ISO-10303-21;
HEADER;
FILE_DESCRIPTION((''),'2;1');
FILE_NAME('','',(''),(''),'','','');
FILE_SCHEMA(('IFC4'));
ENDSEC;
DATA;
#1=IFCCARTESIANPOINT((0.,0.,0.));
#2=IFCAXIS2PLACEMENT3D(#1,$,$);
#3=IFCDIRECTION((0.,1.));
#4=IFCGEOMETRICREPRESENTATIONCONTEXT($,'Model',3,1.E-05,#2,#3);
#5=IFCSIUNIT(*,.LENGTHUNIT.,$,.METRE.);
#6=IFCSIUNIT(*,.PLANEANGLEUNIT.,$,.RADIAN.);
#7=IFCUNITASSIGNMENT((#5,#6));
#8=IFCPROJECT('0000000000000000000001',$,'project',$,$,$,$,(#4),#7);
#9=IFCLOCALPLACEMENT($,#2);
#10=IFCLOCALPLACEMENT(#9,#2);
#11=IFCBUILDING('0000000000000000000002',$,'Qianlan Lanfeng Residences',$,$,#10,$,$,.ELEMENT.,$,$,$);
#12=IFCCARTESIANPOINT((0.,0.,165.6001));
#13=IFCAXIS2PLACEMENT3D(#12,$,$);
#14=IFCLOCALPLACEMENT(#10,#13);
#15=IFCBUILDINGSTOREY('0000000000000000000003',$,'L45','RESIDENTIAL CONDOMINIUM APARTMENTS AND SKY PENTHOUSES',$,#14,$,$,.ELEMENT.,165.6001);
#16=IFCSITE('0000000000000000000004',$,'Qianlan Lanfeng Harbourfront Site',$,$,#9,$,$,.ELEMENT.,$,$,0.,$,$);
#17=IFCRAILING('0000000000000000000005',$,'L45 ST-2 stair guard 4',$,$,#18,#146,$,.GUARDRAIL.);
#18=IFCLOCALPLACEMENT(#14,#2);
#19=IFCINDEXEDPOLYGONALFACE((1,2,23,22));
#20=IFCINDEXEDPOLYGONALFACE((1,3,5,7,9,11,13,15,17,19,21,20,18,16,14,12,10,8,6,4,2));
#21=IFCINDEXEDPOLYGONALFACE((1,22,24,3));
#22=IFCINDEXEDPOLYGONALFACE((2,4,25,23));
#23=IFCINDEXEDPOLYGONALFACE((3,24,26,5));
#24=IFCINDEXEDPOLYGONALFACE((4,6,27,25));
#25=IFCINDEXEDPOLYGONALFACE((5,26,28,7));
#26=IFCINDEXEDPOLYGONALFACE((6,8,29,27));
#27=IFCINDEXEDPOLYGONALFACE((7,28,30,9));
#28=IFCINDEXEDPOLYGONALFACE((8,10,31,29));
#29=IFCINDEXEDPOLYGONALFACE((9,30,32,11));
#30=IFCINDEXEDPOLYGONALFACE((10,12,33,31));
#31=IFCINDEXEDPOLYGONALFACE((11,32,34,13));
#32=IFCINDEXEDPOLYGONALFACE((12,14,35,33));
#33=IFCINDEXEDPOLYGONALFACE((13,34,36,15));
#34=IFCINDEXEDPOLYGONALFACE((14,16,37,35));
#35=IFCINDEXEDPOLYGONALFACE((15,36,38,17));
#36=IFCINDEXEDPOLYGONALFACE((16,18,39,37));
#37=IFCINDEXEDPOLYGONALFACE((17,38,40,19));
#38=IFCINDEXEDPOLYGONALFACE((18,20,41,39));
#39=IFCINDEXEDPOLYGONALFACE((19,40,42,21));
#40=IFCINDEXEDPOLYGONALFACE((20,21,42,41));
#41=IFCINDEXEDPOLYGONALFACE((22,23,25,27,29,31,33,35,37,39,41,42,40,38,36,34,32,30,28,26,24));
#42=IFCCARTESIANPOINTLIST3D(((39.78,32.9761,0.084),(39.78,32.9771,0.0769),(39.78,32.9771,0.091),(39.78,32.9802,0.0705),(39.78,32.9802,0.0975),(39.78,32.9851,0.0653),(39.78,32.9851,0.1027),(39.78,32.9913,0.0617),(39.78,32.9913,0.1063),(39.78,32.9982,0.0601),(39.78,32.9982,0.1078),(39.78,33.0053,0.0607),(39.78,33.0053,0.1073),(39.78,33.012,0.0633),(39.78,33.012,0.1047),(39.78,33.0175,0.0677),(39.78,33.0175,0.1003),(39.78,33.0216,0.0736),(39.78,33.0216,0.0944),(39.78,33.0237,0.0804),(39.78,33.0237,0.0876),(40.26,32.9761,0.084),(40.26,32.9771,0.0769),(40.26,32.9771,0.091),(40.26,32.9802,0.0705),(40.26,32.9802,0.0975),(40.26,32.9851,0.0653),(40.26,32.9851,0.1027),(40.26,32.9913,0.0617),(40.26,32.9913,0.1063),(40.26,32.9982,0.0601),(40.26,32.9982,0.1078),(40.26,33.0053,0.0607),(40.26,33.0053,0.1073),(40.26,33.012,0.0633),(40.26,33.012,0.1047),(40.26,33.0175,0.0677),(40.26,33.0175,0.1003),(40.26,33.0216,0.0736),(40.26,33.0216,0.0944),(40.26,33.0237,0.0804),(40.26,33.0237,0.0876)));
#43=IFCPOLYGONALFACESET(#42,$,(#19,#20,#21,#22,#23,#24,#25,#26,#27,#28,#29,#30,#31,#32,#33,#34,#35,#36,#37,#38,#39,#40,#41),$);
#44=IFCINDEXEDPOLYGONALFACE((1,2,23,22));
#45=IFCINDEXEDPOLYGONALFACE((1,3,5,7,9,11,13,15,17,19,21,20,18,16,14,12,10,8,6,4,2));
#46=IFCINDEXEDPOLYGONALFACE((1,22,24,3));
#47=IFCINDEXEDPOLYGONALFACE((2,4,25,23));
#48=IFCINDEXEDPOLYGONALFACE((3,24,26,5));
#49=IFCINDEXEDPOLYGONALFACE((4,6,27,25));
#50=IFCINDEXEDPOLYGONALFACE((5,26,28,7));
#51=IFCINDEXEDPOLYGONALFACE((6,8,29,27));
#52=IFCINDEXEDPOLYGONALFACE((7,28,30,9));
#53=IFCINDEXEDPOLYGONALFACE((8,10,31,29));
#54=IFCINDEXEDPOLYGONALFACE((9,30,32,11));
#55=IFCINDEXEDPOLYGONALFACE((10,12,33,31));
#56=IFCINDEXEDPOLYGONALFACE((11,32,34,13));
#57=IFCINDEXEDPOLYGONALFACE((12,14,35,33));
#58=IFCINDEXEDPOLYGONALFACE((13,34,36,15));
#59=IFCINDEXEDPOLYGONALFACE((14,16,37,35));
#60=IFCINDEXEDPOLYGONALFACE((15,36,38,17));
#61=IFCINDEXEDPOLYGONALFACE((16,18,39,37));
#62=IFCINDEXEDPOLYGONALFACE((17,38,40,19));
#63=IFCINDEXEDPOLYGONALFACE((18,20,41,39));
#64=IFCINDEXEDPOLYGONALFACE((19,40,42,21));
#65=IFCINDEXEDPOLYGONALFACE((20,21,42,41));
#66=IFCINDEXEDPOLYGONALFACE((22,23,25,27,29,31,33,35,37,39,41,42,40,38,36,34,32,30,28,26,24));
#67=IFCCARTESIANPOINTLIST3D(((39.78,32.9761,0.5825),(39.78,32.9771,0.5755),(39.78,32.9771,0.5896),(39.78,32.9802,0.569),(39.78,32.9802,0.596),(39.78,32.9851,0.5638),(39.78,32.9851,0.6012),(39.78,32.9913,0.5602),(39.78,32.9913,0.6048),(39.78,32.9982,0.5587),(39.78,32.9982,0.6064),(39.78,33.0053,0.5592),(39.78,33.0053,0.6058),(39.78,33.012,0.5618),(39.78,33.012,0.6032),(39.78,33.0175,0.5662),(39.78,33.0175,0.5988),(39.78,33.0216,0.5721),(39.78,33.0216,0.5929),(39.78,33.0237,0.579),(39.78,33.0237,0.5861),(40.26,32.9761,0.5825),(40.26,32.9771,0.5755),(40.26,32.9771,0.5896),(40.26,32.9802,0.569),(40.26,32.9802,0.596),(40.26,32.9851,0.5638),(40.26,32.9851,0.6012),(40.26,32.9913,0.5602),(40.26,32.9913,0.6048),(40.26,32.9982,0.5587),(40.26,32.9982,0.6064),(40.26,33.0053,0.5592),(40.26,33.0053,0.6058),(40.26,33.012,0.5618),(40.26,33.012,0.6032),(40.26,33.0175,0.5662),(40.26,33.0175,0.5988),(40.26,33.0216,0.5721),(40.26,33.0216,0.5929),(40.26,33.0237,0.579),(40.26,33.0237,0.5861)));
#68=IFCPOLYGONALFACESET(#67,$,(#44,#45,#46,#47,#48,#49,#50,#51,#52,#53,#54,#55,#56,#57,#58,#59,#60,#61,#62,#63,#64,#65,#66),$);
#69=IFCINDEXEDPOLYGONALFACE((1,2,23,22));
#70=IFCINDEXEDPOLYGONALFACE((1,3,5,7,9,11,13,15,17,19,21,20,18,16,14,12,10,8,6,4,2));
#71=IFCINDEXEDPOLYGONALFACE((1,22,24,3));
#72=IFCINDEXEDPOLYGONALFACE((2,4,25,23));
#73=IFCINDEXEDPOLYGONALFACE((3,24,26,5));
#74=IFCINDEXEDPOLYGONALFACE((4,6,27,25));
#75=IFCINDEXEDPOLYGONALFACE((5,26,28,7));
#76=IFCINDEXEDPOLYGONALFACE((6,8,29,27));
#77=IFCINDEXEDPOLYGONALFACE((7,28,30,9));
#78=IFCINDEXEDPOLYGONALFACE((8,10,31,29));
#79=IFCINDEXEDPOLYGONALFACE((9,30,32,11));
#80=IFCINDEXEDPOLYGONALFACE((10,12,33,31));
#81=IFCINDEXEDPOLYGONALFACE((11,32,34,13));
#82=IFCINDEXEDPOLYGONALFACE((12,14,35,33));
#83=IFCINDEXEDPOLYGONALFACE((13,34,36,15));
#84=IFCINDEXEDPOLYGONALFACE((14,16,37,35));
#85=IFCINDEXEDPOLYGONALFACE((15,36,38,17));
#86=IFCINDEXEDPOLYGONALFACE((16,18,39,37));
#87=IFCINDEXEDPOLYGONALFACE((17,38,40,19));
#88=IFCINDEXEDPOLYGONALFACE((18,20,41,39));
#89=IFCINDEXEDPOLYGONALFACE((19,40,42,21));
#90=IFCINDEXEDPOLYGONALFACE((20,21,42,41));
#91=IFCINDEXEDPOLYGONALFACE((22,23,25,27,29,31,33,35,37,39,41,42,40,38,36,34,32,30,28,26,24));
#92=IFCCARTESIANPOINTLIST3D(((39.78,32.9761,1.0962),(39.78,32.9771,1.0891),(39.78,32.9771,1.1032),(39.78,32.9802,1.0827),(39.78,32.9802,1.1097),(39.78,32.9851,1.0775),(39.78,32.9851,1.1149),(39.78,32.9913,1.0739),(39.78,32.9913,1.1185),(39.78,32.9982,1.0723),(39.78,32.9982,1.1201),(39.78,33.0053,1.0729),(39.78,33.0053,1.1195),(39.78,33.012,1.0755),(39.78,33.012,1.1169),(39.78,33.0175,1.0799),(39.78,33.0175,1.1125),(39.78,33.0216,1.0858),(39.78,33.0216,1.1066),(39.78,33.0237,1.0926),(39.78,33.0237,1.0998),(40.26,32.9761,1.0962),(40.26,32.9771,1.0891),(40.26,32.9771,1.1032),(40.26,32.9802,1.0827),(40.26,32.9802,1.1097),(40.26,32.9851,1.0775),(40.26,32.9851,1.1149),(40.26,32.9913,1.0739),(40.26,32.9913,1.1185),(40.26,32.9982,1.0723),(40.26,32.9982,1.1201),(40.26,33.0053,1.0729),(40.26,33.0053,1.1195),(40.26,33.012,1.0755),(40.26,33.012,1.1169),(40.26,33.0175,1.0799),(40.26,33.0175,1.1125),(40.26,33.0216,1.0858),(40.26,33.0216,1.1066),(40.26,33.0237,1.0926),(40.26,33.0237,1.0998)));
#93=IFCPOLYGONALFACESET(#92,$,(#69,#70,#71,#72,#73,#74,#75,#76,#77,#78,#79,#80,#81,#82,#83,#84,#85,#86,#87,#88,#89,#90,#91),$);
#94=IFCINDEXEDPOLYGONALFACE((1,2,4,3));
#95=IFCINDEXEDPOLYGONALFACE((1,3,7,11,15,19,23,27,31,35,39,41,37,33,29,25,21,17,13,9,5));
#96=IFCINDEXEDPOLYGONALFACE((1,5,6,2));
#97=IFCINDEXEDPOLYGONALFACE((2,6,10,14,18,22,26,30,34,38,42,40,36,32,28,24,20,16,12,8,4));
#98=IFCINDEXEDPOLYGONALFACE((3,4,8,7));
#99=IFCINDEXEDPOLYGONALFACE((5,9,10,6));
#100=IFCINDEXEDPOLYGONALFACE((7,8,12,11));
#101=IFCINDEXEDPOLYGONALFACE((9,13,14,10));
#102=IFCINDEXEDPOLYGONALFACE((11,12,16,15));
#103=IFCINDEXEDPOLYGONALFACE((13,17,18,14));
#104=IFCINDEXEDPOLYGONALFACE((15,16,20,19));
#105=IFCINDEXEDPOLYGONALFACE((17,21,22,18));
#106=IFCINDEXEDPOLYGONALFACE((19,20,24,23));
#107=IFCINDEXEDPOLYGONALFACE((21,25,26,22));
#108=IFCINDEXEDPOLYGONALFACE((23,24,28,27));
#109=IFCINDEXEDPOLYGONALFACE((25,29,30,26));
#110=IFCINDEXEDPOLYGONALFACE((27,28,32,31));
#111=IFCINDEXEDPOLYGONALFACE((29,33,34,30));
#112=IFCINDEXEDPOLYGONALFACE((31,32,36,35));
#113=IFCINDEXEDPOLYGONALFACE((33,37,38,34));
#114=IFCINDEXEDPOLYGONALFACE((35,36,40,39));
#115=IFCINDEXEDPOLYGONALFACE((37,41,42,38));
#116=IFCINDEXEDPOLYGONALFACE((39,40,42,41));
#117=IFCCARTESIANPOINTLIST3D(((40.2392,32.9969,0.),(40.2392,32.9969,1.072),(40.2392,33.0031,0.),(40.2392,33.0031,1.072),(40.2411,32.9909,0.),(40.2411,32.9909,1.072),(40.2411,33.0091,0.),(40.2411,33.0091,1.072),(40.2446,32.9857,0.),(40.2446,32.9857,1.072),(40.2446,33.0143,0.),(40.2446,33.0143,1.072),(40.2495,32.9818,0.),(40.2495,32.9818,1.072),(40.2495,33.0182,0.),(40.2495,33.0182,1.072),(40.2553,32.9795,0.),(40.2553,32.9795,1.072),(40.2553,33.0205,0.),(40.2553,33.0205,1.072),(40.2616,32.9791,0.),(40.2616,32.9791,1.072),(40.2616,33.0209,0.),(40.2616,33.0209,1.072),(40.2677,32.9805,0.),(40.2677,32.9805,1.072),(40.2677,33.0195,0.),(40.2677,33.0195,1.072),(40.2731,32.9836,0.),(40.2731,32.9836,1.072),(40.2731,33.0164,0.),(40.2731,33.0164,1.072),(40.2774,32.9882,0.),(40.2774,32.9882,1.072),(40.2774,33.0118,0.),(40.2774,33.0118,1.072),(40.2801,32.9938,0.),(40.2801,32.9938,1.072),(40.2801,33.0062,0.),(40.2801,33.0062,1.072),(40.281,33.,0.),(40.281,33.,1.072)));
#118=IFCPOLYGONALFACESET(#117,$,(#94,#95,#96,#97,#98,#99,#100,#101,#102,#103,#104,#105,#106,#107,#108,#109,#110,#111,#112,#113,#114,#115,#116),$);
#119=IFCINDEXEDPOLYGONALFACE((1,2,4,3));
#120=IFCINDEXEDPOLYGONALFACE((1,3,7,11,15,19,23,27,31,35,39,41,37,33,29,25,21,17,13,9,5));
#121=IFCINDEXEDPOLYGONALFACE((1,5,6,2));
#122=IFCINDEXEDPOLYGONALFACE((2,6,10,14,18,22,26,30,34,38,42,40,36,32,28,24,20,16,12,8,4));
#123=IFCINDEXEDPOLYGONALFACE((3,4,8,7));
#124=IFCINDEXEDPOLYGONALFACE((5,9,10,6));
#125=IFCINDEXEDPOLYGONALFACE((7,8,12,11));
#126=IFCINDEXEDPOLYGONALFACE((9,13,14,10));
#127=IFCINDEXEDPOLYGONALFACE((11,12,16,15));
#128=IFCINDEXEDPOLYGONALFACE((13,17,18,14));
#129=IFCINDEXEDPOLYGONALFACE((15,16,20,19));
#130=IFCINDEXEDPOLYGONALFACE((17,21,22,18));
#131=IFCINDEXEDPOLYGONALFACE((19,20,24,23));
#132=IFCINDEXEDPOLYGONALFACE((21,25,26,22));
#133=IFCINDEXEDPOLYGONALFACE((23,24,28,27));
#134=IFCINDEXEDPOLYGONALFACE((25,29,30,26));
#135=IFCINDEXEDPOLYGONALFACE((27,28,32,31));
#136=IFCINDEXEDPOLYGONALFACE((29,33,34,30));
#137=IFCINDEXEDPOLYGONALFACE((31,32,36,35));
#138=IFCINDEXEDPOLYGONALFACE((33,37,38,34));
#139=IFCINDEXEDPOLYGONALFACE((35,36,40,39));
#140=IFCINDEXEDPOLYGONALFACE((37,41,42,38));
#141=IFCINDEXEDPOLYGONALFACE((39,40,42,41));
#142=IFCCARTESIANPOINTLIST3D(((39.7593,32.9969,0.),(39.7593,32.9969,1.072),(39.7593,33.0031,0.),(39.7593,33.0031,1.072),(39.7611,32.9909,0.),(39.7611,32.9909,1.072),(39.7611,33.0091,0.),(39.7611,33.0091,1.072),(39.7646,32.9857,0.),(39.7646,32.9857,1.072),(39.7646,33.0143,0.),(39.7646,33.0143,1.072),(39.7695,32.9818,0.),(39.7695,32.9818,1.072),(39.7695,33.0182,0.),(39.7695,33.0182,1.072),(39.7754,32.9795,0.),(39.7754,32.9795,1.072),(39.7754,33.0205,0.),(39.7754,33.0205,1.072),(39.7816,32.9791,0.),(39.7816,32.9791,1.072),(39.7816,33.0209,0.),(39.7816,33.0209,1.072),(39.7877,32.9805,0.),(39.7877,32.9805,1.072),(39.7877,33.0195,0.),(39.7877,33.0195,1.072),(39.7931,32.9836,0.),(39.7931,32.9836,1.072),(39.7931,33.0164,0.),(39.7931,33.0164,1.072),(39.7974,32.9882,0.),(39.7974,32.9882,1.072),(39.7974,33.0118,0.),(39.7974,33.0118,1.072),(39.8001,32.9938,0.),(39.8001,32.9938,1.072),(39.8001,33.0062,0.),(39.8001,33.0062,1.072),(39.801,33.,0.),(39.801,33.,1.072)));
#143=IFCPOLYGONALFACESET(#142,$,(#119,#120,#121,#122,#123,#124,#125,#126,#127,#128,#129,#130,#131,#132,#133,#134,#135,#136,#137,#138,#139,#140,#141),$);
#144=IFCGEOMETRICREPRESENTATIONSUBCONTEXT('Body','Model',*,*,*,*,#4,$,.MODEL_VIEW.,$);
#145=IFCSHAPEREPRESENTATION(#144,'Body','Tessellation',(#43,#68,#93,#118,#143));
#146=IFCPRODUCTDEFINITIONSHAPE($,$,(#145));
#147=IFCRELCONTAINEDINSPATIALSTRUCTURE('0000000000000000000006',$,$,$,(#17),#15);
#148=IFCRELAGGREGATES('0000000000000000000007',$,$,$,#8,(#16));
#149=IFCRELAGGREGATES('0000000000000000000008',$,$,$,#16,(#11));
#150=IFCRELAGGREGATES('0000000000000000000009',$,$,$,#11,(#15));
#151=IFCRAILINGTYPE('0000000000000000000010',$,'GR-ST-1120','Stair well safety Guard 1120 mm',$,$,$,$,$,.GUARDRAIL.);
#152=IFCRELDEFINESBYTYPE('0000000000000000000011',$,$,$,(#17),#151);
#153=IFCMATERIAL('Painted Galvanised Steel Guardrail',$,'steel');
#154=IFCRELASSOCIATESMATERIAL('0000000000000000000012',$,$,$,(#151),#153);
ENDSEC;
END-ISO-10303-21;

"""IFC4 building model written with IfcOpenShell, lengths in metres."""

from ifc_helpers import new_model, si_unit, direction, frame, origin, origin_2d, place, context, subcontext, project, spatial, circle, extrude, material, type_object, element, save


model = new_model("IFC4")

# Units and contexts
model_context = context("Model", 3, precision=1e-05, world=origin(), true_north=direction((0.0, 1.0)))
body_context = subcontext(model_context, "Body", "Model", "MODEL_VIEW")
ifc_project = project(units=[si_unit("LENGTHUNIT", "METRE"), si_unit("PLANEANGLEUNIT", "RADIAN")], contexts=[model_context])

# Site, building, storey
site_placement = place(None, origin())
site = spatial("IfcSite", under=ifc_project, at=site_placement, Name="Qianlan Lanfeng Harbourfront Site", CompositionType="ELEMENT", RefElevation=0.0)
building_placement = place(site_placement, origin())
building = spatial("IfcBuilding", under=site, at=building_placement, Name="Qianlan Lanfeng Residences", CompositionType="ELEMENT")
storey_placement = place(building_placement, frame((0.0, 0.0, 165.6001)))
storey = spatial("IfcBuildingStorey", under=building, at=storey_placement, Name="L45", Description="RESIDENTIAL CONDOMINIUM APARTMENTS AND SKY PENTHOUSES", CompositionType="ELEMENT", Elevation=165.6001)

# Railing
ifc_material_1 = material(Name="Painted Galvanised Steel Guardrail", Category="steel")
railing_type_1 = type_object("IfcRailingType", Name="GR-ST-1120", Description="Stair well safety Guard 1120 mm", PredefinedType="GUARDRAIL", material=ifc_material_1)
railing_1_placement = place(storey_placement, frame((40.26, 33.0, 0.0)))
element("IfcRailing", 1, at=railing_1_placement, inside=storey, type_object=railing_type_1, Name="L45 ST-2 stair guard 4", PredefinedType="GUARDRAIL", context=body_context, shape_type="SweptSolid", body=[
    extrude(circle(Radius=0.0239, at=origin_2d()), frame((0.0, 0.0, 0.084), z_axis=(-1.0, 0.0, 0.0), x_axis=(0.0, -1.0, 0.0)), (0.0, 0.0, 1.0), 0.48),
    extrude(circle(Radius=0.0239, at=origin_2d()), frame((0.0, 0.0, 0.5825), z_axis=(-1.0, 0.0, 0.0), x_axis=(0.0, -1.0, 0.0)), (0.0, 0.0, 1.0), 0.48),
    extrude(circle(Radius=0.0239, at=origin_2d()), frame((0.0, 0.0, 1.0962), z_axis=(-1.0, 0.0, 0.0), x_axis=(0.0, -1.0, 0.0)), (0.0, 0.0, 1.0), 0.48),
    extrude(circle(Radius=0.021, at=origin_2d()), origin(), (0.0, 0.0, 1.0), 1.072),
    extrude(circle(Radius=0.021, at=origin_2d()), frame((-0.48, 0.0, 0.0)), (0.0, 0.0, 1.0), 1.072),
])

save(model, "model.ifc")
